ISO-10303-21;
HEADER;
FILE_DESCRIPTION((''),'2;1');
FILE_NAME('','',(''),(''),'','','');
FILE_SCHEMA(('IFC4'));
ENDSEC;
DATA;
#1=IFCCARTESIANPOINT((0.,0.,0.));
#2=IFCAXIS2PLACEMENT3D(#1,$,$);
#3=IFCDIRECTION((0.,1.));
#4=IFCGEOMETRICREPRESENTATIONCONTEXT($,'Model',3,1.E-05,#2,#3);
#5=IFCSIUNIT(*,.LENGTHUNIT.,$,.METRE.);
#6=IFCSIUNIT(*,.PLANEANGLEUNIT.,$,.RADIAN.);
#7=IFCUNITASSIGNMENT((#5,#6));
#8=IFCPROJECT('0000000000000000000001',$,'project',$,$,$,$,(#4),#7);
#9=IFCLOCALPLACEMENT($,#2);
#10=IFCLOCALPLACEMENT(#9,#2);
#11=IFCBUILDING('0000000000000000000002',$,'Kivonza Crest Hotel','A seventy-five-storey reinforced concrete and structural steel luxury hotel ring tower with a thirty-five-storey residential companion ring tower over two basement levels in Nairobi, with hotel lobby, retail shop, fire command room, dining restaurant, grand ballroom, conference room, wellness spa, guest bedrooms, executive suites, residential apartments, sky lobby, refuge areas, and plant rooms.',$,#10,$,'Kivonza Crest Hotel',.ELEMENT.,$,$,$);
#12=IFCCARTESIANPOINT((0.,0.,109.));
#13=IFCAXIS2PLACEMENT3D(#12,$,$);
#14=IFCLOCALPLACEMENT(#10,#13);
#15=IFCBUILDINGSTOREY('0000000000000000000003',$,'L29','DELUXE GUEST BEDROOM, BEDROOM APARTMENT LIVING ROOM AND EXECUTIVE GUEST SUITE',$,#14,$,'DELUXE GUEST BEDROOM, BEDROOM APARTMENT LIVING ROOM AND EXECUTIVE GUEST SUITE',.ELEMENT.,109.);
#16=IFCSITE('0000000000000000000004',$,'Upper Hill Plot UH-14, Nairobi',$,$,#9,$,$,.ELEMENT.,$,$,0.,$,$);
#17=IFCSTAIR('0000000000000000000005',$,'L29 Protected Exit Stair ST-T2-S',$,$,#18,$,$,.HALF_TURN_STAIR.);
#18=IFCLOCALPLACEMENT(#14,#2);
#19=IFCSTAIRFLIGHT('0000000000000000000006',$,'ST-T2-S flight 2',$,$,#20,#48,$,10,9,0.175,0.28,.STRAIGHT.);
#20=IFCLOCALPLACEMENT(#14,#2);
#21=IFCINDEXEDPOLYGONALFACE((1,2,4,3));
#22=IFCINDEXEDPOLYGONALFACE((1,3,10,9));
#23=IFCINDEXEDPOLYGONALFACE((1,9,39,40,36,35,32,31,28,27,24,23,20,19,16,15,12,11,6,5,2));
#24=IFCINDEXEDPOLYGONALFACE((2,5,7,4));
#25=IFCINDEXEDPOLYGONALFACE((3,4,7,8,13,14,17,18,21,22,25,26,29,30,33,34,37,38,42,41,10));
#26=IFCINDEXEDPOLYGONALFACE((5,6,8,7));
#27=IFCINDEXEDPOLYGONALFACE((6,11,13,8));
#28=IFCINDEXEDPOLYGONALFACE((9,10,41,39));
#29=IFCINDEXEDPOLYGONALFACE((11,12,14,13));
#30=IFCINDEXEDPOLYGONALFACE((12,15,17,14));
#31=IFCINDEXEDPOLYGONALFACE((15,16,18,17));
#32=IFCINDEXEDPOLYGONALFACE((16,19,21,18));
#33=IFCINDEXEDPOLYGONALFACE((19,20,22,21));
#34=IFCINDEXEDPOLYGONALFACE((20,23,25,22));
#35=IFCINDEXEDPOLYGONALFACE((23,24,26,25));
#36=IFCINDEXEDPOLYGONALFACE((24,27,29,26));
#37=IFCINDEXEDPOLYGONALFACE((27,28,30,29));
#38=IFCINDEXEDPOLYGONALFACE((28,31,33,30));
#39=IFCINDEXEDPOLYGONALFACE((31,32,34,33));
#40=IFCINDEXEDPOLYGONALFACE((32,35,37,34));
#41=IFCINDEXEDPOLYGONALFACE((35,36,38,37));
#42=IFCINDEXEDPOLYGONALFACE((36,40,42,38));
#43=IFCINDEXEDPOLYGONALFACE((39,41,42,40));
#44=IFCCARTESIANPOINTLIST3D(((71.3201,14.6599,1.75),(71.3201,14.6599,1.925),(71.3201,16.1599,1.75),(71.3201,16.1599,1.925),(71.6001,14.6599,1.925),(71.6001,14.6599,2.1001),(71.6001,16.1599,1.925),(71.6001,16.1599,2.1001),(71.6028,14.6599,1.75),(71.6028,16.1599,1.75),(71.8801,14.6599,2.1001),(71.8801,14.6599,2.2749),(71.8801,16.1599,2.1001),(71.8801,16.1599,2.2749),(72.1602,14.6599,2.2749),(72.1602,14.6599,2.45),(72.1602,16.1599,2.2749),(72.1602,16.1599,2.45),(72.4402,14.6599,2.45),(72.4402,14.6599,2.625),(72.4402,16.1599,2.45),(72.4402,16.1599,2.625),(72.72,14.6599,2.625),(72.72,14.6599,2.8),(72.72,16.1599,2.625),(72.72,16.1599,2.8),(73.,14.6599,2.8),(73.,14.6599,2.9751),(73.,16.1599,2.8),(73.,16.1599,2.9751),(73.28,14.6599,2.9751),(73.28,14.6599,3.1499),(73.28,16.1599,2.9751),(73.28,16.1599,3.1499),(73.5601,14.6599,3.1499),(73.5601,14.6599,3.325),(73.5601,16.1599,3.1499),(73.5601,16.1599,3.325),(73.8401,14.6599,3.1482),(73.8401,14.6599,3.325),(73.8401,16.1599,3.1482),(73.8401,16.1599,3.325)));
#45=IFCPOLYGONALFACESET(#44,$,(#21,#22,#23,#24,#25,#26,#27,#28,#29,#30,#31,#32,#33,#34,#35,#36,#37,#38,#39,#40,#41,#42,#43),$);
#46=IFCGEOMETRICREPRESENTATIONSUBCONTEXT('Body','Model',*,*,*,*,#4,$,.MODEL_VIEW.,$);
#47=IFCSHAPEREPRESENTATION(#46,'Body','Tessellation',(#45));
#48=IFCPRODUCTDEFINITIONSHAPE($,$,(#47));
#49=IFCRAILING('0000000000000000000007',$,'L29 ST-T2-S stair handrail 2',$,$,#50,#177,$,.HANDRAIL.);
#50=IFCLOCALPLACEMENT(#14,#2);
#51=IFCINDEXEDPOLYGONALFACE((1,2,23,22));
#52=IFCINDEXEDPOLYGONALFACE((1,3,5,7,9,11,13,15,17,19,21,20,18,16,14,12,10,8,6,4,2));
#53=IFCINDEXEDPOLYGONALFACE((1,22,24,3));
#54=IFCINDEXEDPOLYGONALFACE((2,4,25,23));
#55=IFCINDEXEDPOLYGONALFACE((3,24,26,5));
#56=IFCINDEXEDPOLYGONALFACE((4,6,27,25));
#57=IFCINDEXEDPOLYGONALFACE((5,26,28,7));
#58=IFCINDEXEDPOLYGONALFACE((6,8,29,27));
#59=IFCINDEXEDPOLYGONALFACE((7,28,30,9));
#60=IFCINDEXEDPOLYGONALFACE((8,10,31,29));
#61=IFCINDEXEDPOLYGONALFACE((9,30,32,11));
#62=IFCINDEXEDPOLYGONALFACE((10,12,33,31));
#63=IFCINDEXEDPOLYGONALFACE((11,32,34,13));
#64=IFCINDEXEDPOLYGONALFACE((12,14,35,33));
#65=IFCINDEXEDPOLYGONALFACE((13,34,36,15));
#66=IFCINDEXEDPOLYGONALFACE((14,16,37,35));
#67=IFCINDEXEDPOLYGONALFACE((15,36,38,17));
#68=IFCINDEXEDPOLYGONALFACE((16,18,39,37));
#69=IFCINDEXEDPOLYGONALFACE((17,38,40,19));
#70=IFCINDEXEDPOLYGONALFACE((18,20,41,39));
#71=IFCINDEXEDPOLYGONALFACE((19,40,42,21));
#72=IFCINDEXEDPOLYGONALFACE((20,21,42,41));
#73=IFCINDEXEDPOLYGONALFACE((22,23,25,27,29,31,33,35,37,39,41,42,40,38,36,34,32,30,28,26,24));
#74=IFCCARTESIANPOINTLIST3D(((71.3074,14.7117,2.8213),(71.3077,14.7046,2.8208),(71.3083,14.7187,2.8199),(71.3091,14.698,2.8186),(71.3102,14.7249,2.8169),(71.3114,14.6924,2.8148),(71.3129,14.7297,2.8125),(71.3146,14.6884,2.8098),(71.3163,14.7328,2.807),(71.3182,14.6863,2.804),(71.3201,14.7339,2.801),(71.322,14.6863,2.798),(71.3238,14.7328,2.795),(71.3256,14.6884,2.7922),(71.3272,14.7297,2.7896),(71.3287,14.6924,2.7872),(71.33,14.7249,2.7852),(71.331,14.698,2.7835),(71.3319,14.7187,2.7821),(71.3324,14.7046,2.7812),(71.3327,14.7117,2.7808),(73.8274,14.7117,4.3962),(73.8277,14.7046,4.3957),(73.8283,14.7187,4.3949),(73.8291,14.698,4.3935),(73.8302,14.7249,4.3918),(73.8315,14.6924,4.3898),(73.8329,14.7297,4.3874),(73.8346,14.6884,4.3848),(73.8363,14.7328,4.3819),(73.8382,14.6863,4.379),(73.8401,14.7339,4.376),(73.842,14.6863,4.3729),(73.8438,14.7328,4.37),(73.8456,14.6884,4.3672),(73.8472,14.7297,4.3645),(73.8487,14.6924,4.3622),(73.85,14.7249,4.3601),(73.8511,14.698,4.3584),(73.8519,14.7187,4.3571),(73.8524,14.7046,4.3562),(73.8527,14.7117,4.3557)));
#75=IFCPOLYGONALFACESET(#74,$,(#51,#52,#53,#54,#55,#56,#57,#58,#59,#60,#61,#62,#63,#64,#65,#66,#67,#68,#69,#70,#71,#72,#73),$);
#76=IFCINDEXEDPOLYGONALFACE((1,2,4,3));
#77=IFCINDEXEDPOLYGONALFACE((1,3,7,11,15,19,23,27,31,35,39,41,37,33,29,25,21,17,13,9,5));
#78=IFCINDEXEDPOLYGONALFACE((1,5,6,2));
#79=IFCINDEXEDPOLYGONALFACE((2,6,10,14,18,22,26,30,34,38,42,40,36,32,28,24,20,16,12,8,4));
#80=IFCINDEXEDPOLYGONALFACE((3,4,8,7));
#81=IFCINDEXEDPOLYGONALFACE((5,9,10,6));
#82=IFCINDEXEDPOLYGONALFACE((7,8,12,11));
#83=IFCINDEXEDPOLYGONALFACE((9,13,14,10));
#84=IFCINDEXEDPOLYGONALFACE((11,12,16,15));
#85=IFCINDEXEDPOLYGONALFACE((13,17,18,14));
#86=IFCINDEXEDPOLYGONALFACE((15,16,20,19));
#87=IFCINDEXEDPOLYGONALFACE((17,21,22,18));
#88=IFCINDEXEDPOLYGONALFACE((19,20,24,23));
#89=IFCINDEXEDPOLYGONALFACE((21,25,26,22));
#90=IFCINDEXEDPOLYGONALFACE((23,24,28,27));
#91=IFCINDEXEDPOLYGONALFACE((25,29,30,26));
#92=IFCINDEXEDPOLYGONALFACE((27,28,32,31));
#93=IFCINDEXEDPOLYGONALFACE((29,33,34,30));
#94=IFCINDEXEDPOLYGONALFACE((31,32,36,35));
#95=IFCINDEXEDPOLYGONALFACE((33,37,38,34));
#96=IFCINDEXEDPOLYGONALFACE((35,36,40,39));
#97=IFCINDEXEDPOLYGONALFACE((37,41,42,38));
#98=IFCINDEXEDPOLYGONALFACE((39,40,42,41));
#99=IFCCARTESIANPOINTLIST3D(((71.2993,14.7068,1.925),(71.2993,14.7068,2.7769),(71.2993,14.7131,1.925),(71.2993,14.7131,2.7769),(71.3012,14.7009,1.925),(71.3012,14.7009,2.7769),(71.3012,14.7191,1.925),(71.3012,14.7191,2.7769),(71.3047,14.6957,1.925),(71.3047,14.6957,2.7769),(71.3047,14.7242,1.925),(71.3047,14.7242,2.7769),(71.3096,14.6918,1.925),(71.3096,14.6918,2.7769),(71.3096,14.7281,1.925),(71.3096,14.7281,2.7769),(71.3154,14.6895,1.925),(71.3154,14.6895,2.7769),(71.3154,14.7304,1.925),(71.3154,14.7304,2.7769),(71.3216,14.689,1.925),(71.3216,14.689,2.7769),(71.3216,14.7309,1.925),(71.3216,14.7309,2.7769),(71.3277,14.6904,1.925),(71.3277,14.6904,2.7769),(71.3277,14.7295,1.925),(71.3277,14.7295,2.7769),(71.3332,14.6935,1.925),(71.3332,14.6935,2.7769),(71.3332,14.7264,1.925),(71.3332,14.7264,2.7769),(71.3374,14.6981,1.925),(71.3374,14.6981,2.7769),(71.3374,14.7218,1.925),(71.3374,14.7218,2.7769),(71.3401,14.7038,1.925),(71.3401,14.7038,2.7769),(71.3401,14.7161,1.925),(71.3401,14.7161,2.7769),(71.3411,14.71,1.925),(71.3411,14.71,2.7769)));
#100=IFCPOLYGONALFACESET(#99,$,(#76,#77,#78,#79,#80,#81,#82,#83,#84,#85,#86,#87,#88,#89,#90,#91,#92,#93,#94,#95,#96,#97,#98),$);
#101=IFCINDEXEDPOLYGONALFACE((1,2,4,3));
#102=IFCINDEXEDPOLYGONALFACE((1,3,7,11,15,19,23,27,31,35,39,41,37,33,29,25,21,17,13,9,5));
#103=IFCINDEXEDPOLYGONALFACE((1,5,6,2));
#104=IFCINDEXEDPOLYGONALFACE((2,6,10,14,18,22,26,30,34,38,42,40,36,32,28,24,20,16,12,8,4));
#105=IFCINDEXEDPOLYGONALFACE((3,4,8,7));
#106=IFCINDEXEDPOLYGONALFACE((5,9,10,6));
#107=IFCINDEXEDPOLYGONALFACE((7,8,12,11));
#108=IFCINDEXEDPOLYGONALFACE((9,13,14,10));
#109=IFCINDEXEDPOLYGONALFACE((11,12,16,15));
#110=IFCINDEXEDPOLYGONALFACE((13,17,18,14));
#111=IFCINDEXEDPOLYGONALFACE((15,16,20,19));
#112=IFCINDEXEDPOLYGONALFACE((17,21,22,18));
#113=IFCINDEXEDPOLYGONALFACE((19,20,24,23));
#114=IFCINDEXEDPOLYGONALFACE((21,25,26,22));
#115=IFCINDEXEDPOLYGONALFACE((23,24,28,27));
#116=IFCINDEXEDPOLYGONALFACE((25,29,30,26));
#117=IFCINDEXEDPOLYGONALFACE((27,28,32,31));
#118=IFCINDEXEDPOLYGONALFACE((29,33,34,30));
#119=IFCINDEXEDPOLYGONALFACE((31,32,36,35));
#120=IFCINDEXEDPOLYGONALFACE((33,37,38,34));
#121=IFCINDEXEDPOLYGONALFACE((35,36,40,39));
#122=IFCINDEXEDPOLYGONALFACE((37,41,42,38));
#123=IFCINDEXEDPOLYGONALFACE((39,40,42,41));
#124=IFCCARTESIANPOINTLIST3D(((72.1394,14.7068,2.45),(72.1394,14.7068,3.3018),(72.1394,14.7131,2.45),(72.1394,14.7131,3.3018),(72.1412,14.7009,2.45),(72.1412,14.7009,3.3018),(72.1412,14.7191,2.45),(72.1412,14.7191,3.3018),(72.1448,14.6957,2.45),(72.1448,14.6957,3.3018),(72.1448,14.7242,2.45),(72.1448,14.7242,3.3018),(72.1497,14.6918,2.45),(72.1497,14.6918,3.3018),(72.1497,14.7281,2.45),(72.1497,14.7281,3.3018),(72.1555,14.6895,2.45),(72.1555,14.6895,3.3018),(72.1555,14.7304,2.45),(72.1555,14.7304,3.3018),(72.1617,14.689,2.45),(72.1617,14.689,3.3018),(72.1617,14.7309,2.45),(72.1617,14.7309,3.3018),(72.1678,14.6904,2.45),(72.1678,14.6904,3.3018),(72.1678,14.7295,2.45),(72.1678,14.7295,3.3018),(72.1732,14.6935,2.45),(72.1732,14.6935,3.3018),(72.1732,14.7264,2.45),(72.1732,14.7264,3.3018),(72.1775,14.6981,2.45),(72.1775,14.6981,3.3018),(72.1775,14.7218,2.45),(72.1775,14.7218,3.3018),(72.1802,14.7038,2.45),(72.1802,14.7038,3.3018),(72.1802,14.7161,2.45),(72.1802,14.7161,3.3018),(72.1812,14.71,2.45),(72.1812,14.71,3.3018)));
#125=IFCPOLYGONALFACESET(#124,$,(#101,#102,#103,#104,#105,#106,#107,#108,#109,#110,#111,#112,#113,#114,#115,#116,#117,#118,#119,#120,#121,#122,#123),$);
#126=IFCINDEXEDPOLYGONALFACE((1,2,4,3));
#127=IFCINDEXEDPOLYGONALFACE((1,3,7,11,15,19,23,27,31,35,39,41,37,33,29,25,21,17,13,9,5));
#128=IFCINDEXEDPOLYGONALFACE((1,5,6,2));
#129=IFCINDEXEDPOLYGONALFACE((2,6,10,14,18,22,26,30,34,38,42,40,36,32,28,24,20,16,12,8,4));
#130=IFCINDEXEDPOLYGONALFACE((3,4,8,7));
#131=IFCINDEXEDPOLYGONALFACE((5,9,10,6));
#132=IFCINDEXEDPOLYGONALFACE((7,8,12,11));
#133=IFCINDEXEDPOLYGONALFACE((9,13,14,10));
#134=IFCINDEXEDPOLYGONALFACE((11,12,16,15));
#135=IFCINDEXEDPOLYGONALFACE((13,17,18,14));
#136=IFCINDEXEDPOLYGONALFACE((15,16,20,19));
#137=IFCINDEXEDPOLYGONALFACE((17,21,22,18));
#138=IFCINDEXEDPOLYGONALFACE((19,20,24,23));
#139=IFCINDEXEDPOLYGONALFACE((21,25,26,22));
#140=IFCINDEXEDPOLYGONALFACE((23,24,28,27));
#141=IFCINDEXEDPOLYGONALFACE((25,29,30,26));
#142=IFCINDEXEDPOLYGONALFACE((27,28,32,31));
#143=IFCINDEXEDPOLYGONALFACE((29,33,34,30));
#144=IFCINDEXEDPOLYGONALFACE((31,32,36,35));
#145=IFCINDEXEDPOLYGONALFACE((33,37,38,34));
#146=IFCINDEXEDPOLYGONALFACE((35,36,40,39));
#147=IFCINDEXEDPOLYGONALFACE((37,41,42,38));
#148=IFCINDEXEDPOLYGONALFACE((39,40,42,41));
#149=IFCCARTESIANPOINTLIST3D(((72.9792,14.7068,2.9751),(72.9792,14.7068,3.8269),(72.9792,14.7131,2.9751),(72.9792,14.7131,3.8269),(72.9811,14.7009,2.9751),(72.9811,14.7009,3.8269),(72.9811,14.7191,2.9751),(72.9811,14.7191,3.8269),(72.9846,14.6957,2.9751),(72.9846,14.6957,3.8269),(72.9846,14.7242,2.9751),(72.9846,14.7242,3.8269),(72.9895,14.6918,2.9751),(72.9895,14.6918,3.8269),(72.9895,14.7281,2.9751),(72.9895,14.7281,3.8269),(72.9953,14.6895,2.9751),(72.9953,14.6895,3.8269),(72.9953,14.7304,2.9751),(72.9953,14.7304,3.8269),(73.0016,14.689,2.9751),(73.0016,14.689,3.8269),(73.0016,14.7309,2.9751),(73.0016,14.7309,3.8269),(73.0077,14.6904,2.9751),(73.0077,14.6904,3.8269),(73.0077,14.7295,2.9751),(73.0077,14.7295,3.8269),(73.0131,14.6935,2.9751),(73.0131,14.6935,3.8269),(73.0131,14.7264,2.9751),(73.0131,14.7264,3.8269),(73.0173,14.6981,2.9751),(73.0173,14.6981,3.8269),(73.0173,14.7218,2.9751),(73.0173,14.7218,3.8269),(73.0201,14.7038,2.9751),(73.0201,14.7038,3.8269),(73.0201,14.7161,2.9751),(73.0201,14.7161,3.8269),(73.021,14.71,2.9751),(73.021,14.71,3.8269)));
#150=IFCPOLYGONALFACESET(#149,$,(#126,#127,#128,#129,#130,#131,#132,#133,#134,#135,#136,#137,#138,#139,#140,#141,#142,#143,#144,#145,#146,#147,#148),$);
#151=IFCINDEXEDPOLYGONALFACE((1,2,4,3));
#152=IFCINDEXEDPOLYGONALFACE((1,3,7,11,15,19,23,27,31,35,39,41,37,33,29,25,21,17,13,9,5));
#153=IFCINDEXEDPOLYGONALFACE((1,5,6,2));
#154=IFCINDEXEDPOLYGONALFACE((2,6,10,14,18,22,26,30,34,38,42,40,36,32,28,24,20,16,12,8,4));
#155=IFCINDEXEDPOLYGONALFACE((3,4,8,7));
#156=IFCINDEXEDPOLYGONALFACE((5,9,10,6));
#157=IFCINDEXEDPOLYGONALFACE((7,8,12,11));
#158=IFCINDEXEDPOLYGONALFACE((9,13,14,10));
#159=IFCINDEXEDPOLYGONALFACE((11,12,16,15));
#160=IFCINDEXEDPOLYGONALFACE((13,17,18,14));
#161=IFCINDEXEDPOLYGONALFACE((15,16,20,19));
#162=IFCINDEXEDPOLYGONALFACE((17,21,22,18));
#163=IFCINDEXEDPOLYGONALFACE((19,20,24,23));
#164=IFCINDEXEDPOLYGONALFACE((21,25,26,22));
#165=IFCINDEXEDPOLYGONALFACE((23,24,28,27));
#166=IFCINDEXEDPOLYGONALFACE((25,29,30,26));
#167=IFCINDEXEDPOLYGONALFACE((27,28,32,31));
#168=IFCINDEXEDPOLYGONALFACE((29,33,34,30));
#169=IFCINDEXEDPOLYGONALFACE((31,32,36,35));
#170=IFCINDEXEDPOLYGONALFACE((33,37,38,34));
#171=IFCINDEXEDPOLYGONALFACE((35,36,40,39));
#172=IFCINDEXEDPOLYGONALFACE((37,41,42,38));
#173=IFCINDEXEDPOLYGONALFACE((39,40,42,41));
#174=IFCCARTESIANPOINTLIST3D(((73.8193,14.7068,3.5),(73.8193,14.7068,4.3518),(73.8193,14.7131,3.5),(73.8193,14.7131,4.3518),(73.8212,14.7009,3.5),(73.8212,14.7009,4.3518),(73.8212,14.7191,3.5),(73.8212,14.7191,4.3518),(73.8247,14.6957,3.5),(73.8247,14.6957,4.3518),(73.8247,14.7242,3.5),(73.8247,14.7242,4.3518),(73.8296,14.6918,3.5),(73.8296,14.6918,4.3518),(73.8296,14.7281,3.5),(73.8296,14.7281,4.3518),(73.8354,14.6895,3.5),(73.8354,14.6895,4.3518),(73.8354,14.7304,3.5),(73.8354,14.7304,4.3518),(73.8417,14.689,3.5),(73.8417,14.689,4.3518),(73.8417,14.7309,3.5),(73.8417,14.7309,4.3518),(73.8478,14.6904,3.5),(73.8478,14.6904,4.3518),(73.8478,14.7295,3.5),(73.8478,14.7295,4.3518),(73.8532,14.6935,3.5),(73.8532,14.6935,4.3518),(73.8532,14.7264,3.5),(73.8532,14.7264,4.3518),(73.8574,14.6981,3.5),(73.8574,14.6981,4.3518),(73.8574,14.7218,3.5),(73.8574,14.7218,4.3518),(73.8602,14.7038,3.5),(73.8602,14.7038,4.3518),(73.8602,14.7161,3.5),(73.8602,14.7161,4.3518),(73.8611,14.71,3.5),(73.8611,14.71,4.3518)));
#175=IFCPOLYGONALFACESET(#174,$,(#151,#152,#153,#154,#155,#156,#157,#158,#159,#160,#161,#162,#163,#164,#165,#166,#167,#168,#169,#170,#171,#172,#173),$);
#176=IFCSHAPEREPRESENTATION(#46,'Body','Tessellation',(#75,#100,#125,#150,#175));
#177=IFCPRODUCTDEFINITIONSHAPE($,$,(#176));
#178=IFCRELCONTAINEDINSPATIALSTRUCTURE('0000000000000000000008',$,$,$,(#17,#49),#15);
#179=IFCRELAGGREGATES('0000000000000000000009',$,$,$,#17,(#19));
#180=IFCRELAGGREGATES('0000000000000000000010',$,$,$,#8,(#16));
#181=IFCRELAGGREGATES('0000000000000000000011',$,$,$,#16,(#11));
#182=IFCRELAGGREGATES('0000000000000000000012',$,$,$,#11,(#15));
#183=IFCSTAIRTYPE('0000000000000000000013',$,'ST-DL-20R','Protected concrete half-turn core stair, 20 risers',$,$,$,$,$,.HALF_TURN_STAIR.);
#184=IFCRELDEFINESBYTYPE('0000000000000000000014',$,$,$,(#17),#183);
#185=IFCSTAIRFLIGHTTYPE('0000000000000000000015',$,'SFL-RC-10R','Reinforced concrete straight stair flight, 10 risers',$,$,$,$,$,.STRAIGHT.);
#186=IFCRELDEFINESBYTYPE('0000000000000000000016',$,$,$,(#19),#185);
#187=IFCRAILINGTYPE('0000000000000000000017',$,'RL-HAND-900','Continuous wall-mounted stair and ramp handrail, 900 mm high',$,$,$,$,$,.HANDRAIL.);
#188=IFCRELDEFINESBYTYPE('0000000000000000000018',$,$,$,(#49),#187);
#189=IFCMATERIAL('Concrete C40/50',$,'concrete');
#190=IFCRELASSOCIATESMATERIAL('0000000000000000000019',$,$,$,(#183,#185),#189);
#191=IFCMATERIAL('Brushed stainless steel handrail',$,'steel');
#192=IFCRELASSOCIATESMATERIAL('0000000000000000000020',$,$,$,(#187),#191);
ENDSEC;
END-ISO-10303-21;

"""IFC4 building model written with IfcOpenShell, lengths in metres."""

from ifc_helpers import new_model, si_unit, direction, frame, origin, origin_2d, place, context, subcontext, project, spatial, polyline, circle, outline, extrude, material, type_object, element, aggregate, save


model = new_model("IFC4")

# Units and contexts
model_context = context("Model", 3, precision=1e-05, world=origin(), true_north=direction((0.0, 1.0)))
body_context = subcontext(model_context, "Body", "Model", "MODEL_VIEW")
ifc_project = project(units=[si_unit("LENGTHUNIT", "METRE"), si_unit("PLANEANGLEUNIT", "RADIAN")], contexts=[model_context])

# Site, building, storey
site_placement = place(None, origin())
site = spatial("IfcSite", under=ifc_project, at=site_placement, Name="Upper Hill Plot UH-14, Nairobi", CompositionType="ELEMENT", RefElevation=0.0)
building_placement = place(site_placement, origin())
building = spatial("IfcBuilding", under=site, at=building_placement, Name="Kivonza Crest Hotel", Description="A seventy-five-storey reinforced concrete and structural steel luxury hotel ring tower with a thirty-five-storey residential companion ring tower over two basement levels in Nairobi, with hotel lobby, retail shop, fire command room, dining restaurant, grand ballroom, conference room, wellness spa, guest bedrooms, executive suites, residential apartments, sky lobby, refuge areas, and plant rooms.", LongName="Kivonza Crest Hotel", CompositionType="ELEMENT")
storey_placement = place(building_placement, frame((0.0, 0.0, 109.0)))
storey = spatial("IfcBuildingStorey", under=building, at=storey_placement, Name="L29", Description="DELUXE GUEST BEDROOM, BEDROOM APARTMENT LIVING ROOM AND EXECUTIVE GUEST SUITE", LongName="DELUXE GUEST BEDROOM, BEDROOM APARTMENT LIVING ROOM AND EXECUTIVE GUEST SUITE", CompositionType="ELEMENT", Elevation=109.0)

# Stair, stair flight
ifc_material_1 = material(Name="Concrete C40/50", Category="concrete")
stair_type = type_object("IfcStairType", Name="ST-DL-20R", Description="Protected concrete half-turn core stair, 20 risers", PredefinedType="HALF_TURN_STAIR", material=ifc_material_1)
stair_placement = place(storey_placement, origin())
stair = element("IfcStair", 1, at=stair_placement, inside=storey, type_object=stair_type, Name="L29 Protected Exit Stair ST-T2-S", PredefinedType="HALF_TURN_STAIR")
stair_flight_type = type_object("IfcStairFlightType", Name="SFL-RC-10R", Description="Reinforced concrete straight stair flight, 10 risers", PredefinedType="STRAIGHT", material=ifc_material_1)
stair_flight_placement = place(storey_placement, frame((71.3201, 15.4099, 1.75), z_axis=(0.0, 0.0, 1.0), x_axis=(1.0, 0.0, 0.0)))
stair_flight = element("IfcStairFlight", 2, at=stair_flight_placement, type_object=stair_flight_type, Name="ST-T2-S flight 2", NumberOfRisers=10, NumberOfTreads=9, PredefinedType="STRAIGHT", RiserHeight=0.175, TreadLength=0.28, context=body_context, shape_type="SweptSolid", body=[
    extrude(outline(polyline([(0.0, 0.0), (0.0, 0.175), (0.28, 0.175), (0.28, 0.3501), (0.5601, 0.3501), (0.5601, 0.5249), (0.8401, 0.5249), (0.8401, 0.7), (1.1201, 0.7), (1.1201, 0.875), (1.3999, 0.875), (1.3999, 1.05), (1.6799, 1.05), (1.6799, 1.2251), (1.96, 1.2251), (1.96, 1.3999), (2.24, 1.3999), (2.24, 1.575), (2.52, 1.575), (2.52, 1.75), (2.52, 1.3982), (0.2827, 0.0), (0.0, 0.0)])), frame((0.0, 0.75, 0.0), z_axis=(0.0, -1.0, 0.0), x_axis=(1.0, 0.0, 0.0)), (0.0, 0.0, 1.0), 1.5),
])
aggregate(stair, [stair_flight])

# Railing
ifc_material_2 = material(Name="Brushed stainless steel handrail", Category="steel")
railing_type_1 = type_object("IfcRailingType", Name="RL-HAND-900", Description="Continuous wall-mounted stair and ramp handrail, 900 mm high", PredefinedType="HANDRAIL", material=ifc_material_2)
railing_1_placement = place(storey_placement, frame((71.3201, 14.71, 1.925)))
element("IfcRailing", 3, at=railing_1_placement, inside=storey, type_object=railing_type_1, Name="L29 ST-T2-S stair handrail 2", PredefinedType="HANDRAIL", context=body_context, shape_type="SweptSolid", body=[
    extrude(circle(Radius=0.0239, at=origin_2d()), frame((0.0, 0.0, 0.876), z_axis=(0.848008, 0.0, 0.529984), x_axis=(0.0, 1.0, 0.0)), (0.0, 0.0, 1.0), 2.9717),
    extrude(circle(Radius=0.021, at=origin_2d()), origin(), (0.0, 0.0, 1.0), 0.8518),
    extrude(circle(Radius=0.021, at=origin_2d()), frame((0.8401, 0.0, 0.5249)), (0.0, 0.0, 1.0), 0.8518),
    extrude(circle(Radius=0.021, at=origin_2d()), frame((1.6799, 0.0, 1.05)), (0.0, 0.0, 1.0), 0.8518),
    extrude(circle(Radius=0.021, at=origin_2d()), frame((2.52, 0.0, 1.575)), (0.0, 0.0, 1.0), 0.8518),
])

save(model, "model.ifc")
